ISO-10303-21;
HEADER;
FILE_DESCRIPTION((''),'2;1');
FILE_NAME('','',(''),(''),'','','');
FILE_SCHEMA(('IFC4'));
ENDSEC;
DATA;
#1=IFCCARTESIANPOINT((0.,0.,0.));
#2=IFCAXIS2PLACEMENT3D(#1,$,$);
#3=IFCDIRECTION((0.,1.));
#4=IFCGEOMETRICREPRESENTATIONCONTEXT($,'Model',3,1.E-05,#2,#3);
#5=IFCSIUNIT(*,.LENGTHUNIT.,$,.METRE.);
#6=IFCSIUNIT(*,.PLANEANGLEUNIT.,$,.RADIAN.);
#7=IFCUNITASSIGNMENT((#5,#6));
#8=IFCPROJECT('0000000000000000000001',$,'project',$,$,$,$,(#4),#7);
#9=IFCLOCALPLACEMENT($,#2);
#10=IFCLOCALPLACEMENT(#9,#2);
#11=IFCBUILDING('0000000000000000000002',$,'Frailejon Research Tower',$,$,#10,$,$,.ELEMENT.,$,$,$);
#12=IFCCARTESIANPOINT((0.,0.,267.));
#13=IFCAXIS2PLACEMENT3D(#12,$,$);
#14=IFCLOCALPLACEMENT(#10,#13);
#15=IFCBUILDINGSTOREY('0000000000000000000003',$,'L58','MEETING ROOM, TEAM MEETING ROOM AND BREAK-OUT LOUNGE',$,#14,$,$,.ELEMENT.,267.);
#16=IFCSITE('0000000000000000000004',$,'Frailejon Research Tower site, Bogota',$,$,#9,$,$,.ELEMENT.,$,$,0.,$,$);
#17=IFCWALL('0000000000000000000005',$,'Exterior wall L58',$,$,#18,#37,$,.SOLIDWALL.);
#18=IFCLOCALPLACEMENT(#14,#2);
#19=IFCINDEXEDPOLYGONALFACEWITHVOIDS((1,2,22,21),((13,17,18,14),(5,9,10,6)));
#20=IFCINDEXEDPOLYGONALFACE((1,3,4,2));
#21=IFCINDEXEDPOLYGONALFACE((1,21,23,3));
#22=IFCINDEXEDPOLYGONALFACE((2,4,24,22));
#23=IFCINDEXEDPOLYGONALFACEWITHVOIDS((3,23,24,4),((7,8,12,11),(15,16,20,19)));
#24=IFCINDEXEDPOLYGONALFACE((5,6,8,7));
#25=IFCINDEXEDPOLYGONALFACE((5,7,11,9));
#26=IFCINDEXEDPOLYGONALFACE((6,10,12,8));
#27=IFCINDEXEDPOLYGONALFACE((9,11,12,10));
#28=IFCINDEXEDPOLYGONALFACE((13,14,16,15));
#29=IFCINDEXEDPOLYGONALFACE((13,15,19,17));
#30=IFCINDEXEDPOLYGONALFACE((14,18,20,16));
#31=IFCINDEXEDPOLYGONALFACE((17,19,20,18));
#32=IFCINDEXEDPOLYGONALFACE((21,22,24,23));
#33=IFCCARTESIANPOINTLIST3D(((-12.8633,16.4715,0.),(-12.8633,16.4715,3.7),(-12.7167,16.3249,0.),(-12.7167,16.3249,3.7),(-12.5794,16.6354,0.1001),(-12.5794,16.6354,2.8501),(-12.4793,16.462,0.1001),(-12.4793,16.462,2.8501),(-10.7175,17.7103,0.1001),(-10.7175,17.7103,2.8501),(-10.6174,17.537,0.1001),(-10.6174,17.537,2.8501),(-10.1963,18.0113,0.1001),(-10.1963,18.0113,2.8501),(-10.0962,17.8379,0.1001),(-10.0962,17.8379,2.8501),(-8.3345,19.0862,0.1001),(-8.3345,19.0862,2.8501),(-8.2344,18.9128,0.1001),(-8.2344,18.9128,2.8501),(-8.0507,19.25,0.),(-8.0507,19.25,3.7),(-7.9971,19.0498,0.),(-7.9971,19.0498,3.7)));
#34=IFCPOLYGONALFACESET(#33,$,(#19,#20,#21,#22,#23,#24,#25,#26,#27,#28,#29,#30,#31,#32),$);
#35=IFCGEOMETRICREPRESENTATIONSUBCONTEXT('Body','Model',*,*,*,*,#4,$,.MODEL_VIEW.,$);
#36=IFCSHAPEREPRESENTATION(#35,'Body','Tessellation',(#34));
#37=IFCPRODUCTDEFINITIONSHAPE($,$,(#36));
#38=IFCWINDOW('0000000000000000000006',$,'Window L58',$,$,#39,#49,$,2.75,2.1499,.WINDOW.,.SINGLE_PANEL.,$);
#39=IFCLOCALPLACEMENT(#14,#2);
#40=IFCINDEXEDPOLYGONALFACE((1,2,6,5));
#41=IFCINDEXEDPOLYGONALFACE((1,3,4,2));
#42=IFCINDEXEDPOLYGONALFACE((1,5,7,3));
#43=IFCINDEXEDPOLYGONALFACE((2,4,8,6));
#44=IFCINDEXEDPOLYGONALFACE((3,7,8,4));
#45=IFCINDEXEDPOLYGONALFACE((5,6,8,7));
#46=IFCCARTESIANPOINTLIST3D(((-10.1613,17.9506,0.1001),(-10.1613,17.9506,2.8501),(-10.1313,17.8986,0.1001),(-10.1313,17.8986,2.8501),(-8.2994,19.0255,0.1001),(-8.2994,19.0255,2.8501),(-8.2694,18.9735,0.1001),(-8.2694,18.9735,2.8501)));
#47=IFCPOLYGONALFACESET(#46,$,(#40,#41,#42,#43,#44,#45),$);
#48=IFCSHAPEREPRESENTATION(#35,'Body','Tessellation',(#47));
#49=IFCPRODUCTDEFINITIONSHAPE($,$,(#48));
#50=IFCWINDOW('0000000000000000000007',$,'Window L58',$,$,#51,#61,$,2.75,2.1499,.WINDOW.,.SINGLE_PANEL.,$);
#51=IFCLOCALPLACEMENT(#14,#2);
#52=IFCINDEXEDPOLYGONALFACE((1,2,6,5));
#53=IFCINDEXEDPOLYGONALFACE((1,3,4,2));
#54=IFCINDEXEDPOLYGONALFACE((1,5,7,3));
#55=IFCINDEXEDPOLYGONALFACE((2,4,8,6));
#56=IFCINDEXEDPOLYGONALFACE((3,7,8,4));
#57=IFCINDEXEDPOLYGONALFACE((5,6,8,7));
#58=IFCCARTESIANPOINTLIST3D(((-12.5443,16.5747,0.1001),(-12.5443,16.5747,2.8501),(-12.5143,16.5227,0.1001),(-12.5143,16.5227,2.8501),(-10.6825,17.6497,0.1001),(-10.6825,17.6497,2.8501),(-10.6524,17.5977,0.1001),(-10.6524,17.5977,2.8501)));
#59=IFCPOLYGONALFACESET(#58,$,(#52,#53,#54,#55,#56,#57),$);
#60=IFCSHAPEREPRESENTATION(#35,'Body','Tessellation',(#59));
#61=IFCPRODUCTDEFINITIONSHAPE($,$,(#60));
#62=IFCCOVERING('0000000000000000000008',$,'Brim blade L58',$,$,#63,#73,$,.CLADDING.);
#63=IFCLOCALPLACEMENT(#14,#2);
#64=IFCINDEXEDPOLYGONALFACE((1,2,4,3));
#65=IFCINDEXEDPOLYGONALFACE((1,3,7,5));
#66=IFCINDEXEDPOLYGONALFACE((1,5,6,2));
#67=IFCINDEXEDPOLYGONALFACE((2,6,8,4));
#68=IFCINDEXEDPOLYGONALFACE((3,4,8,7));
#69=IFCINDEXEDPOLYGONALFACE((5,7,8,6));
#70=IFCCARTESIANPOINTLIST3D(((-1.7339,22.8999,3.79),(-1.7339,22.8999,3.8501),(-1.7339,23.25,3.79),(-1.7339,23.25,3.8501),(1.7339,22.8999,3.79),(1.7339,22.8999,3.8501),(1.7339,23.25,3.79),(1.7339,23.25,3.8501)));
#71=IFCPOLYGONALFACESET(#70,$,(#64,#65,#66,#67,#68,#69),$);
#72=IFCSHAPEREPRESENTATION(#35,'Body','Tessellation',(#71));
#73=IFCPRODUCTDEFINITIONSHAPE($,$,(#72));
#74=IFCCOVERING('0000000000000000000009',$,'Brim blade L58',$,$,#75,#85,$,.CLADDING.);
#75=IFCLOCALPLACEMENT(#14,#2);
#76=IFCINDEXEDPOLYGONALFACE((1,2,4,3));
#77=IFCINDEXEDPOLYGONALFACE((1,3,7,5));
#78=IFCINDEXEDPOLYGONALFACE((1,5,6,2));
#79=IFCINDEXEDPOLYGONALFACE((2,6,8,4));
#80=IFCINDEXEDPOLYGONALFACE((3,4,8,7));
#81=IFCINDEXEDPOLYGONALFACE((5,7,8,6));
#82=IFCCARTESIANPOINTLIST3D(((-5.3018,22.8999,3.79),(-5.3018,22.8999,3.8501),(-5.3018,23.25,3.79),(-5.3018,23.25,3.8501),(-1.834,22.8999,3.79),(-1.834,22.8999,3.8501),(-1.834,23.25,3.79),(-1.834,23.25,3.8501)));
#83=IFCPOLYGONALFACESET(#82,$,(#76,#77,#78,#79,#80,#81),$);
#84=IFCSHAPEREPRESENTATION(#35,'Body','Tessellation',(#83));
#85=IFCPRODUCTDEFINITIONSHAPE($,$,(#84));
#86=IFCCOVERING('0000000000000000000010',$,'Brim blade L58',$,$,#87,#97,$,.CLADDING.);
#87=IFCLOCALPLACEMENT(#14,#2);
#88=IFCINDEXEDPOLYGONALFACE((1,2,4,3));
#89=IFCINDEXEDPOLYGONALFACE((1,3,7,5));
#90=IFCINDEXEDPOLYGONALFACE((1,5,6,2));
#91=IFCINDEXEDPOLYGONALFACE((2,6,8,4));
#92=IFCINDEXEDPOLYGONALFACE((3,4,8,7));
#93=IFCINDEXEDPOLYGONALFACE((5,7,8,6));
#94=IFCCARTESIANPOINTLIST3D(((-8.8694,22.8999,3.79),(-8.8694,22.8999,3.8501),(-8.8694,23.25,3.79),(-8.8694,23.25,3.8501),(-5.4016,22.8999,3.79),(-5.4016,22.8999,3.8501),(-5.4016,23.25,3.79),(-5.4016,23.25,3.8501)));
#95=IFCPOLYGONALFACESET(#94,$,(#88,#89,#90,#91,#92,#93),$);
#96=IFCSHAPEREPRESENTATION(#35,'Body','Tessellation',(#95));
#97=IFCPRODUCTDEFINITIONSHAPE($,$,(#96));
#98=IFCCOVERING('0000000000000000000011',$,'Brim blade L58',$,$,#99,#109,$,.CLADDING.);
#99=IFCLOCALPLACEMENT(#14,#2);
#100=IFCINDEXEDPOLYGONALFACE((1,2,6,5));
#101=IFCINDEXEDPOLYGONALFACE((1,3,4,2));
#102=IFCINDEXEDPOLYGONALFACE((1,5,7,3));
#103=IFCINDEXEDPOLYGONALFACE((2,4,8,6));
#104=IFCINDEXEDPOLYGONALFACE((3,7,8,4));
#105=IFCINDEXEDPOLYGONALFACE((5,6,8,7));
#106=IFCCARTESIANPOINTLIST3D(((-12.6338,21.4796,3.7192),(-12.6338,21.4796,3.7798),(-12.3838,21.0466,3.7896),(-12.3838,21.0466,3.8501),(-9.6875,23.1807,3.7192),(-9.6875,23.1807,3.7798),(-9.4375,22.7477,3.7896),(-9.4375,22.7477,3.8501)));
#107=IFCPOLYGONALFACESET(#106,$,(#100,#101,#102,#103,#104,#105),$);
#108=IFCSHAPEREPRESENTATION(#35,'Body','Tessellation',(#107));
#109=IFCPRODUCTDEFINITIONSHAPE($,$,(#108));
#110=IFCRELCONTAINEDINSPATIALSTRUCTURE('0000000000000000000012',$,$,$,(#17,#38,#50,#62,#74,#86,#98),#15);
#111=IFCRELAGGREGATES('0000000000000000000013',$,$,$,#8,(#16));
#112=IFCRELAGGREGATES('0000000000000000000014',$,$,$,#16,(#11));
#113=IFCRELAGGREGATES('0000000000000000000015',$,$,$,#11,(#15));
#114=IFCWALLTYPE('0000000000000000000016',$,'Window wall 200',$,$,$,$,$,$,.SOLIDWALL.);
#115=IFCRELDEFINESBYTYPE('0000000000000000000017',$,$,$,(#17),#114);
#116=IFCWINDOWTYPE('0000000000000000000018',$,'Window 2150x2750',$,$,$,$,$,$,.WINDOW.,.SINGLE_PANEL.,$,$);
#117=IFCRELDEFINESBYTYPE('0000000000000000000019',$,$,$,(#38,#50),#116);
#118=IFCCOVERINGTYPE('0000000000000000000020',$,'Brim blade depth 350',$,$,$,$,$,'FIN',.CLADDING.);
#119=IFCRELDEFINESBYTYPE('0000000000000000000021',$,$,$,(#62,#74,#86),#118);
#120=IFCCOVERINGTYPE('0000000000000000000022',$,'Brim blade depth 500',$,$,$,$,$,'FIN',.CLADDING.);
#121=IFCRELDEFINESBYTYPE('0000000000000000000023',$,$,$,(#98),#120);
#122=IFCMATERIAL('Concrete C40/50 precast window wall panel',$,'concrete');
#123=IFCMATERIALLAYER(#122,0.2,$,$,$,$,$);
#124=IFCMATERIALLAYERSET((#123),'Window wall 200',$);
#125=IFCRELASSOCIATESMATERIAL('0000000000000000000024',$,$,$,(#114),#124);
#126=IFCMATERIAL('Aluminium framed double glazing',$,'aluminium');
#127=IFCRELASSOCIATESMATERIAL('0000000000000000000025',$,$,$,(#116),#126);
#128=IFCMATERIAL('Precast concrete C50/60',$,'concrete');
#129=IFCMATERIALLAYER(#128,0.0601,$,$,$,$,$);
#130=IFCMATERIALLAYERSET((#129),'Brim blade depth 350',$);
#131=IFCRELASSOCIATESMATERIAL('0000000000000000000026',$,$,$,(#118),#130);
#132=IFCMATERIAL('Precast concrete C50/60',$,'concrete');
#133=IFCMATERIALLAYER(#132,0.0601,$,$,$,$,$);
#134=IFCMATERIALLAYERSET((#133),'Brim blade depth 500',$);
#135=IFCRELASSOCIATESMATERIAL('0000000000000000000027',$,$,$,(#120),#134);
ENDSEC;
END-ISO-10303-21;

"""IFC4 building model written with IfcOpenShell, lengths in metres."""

from ifc_helpers import new_model, si_unit, direction, frame, frame_2d, origin, place, context, subcontext, project, spatial, polyline, rectangle, outline, extrude, material, layer, layer_set, type_object, element, fill, save


model = new_model("IFC4")

# Units and contexts
model_context = context("Model", 3, precision=1e-05, world=origin(), true_north=direction((0.0, 1.0)))
body_context = subcontext(model_context, "Body", "Model", "MODEL_VIEW")
ifc_project = project(units=[si_unit("LENGTHUNIT", "METRE"), si_unit("PLANEANGLEUNIT", "RADIAN")], contexts=[model_context])

# Site, building, storey
site_placement = place(None, origin())
site = spatial("IfcSite", under=ifc_project, at=site_placement, Name="Frailejon Research Tower site, Bogota", CompositionType="ELEMENT", RefElevation=0.0)
building_placement = place(site_placement, origin())
building = spatial("IfcBuilding", under=site, at=building_placement, Name="Frailejon Research Tower", CompositionType="ELEMENT")
storey_placement = place(building_placement, frame((0.0, 0.0, 267.0)))
storey = spatial("IfcBuildingStorey", under=building, at=storey_placement, Name="L58", Description="MEETING ROOM, TEAM MEETING ROOM AND BREAK-OUT LOUNGE", CompositionType="ELEMENT", Elevation=267.0)

# Wall, openings, windows
ifc_material_1 = material(Name="Concrete C40/50 precast window wall panel", Category="concrete")
ifc_layer_1 = layer(ifc_material_1, 0.2)
ifc_layer_set_1 = layer_set([ifc_layer_1], Name="Window wall 200")
wall_type = type_object("IfcWallType", Name="Window wall 200", PredefinedType="SOLIDWALL", material=ifc_layer_set_1)
wall_placement = place(storey_placement, frame((-8.0239, 19.1499, 0.0), z_axis=(0.0, 0.0, 1.0), x_axis=(-0.866026, -0.499999, 0.0)))
wall = element("IfcWall", 1, at=wall_placement, inside=storey, type_object=wall_type, Name="Exterior wall L58", PredefinedType="SOLIDWALL", context=body_context, shape_type="SweptSolid", body=[
    extrude(outline(polyline([(-0.0269, -0.1001), (1.0845, -0.1001), (2.196, -0.1001), (3.3074, -0.1001), (4.4189, -0.1001), (5.5303, -0.1001), (5.4766, 0.1001), (4.3867, 0.1001), (3.2966, 0.1001), (2.2068, 0.1001), (1.1167, 0.1001), (0.0269, 0.1001), (-0.0269, -0.1001)])), origin(), (0.0, 0.0, 1.0), 3.7),
])
opening_1_placement = place(wall_placement, frame((0.3008, 0.0, 0.1001)))
opening_1 = element("IfcOpeningElement", 2, at=opening_1_placement, cuts=wall, PredefinedType="OPENING", context=body_context, shape_type="SweptSolid", body=[
    extrude(rectangle(XDim=2.1499, YDim=2.75, at=frame_2d((1.075, 1.375))), frame((0.0, 0.1099, 0.0), z_axis=(0.0, -1.0, 0.0), x_axis=(1.0, 0.0, 0.0)), (0.0, 0.0, 1.0), 0.22),
])
opening_2_placement = place(wall_placement, frame((3.0525, 0.0, 0.1001)))
opening_2 = element("IfcOpeningElement", 3, at=opening_2_placement, cuts=wall, PredefinedType="OPENING", context=body_context, shape_type="SweptSolid", body=[
    extrude(rectangle(XDim=2.1499, YDim=2.75, at=frame_2d((1.075, 1.375))), frame((0.0, 0.1099, 0.0), z_axis=(0.0, -1.0, 0.0), x_axis=(1.0, 0.0, 0.0)), (0.0, 0.0, 1.0), 0.22),
])
ifc_material_2 = material(Name="Aluminium framed double glazing", Category="aluminium")
window_type = type_object("IfcWindowType", Name="Window 2150x2750", PartitioningType="SINGLE_PANEL", PredefinedType="WINDOW", material=ifc_material_2)
window_1_placement = place(opening_1_placement, origin())
window_1 = element("IfcWindow", 4, at=window_1_placement, inside=storey, type_object=window_type, Name="Window L58", OverallHeight=2.75, OverallWidth=2.1499, PartitioningType="SINGLE_PANEL", PredefinedType="WINDOW", context=body_context, shape_type="SweptSolid", body=[
    extrude(rectangle(XDim=2.1499, YDim=2.75, at=frame_2d((1.075, 1.375))), frame((0.0, 0.03, 0.0), z_axis=(0.0, -1.0, 0.0), x_axis=(1.0, 0.0, 0.0)), (0.0, 0.0, 1.0), 0.0601),
])
fill(opening_1, window_1)
window_2_placement = place(opening_2_placement, origin())
window_2 = element("IfcWindow", 5, at=window_2_placement, inside=storey, type_object=window_type, Name="Window L58", OverallHeight=2.75, OverallWidth=2.1499, PartitioningType="SINGLE_PANEL", PredefinedType="WINDOW", context=body_context, shape_type="SweptSolid", body=[
    extrude(rectangle(XDim=2.1499, YDim=2.75, at=frame_2d((1.075, 1.375))), frame((0.0, 0.03, 0.0), z_axis=(0.0, -1.0, 0.0), x_axis=(1.0, 0.0, 0.0)), (0.0, 0.0, 1.0), 0.0601),
])
fill(opening_2, window_2)

# Coverings
ifc_material_3 = material(Name="Precast concrete C50/60", Category="concrete")
ifc_layer_2 = layer(ifc_material_3, 0.0601)
ifc_layer_set_2 = layer_set([ifc_layer_2], Name="Brim blade depth 350")
covering_type_1 = type_object("IfcCoveringType", Name="Brim blade depth 350", ElementType="FIN", PredefinedType="CLADDING", material=ifc_layer_set_2)
for number, where, z_axis, x_axis, name in (
    (6, (-1.7339, 22.8999, 3.8501), (1.0, 0.0, 0.0), (0.0, 1.0, 0.0), "Brim blade L58"),
    (7, (-5.3018, 22.8999, 3.8501), (1.0, 0.0, 0.0), (0.0, 1.0, 0.0), "Brim blade L58"),
    (8, (-8.8694, 22.8999, 3.8501), (1.0, 0.0, 0.0), (0.0, 1.0, 0.0), "Brim blade L58"),
):
    element("IfcCovering", number, at=place(storey_placement, frame(where, z_axis=z_axis, x_axis=x_axis)), inside=storey, type_object=covering_type_1, Name=name, PredefinedType="CLADDING", context=body_context, shape_type="SweptSolid", body=[
        extrude(outline(polyline([(0.0, -0.0601), (0.3501, -0.0601), (0.3501, 0.0), (0.0, 0.0), (0.0, -0.0601)])), origin(), (0.0, 0.0, 1.0), 3.4678),
    ])
ifc_material_4 = material(Name="Precast concrete C50/60", Category="concrete")
ifc_layer_3 = layer(ifc_material_4, 0.0601)
ifc_layer_set_3 = layer_set([ifc_layer_3], Name="Brim blade depth 500")
covering_type_2 = type_object("IfcCoveringType", Name="Brim blade depth 500", ElementType="FIN", PredefinedType="CLADDING", material=ifc_layer_set_3)
covering_placement = place(storey_placement, frame((-12.3838, 21.0466, 3.8501), z_axis=(0.866024, 0.500003, 0.0), x_axis=(-0.500003, 0.866024, 0.0)))
element("IfcCovering", 9, at=covering_placement, inside=storey, type_object=covering_type_2, Name="Brim blade L58", PredefinedType="CLADDING", context=body_context, shape_type="SweptSolid", body=[
    extrude(outline(polyline([(0.0, -0.0605), (0.5, -0.1309), (0.5, -0.0703), (0.0, 0.0), (0.0, -0.0605)])), origin(), (0.0, 0.0, 1.0), 3.4021),
])

save(model, "model.ifc")
